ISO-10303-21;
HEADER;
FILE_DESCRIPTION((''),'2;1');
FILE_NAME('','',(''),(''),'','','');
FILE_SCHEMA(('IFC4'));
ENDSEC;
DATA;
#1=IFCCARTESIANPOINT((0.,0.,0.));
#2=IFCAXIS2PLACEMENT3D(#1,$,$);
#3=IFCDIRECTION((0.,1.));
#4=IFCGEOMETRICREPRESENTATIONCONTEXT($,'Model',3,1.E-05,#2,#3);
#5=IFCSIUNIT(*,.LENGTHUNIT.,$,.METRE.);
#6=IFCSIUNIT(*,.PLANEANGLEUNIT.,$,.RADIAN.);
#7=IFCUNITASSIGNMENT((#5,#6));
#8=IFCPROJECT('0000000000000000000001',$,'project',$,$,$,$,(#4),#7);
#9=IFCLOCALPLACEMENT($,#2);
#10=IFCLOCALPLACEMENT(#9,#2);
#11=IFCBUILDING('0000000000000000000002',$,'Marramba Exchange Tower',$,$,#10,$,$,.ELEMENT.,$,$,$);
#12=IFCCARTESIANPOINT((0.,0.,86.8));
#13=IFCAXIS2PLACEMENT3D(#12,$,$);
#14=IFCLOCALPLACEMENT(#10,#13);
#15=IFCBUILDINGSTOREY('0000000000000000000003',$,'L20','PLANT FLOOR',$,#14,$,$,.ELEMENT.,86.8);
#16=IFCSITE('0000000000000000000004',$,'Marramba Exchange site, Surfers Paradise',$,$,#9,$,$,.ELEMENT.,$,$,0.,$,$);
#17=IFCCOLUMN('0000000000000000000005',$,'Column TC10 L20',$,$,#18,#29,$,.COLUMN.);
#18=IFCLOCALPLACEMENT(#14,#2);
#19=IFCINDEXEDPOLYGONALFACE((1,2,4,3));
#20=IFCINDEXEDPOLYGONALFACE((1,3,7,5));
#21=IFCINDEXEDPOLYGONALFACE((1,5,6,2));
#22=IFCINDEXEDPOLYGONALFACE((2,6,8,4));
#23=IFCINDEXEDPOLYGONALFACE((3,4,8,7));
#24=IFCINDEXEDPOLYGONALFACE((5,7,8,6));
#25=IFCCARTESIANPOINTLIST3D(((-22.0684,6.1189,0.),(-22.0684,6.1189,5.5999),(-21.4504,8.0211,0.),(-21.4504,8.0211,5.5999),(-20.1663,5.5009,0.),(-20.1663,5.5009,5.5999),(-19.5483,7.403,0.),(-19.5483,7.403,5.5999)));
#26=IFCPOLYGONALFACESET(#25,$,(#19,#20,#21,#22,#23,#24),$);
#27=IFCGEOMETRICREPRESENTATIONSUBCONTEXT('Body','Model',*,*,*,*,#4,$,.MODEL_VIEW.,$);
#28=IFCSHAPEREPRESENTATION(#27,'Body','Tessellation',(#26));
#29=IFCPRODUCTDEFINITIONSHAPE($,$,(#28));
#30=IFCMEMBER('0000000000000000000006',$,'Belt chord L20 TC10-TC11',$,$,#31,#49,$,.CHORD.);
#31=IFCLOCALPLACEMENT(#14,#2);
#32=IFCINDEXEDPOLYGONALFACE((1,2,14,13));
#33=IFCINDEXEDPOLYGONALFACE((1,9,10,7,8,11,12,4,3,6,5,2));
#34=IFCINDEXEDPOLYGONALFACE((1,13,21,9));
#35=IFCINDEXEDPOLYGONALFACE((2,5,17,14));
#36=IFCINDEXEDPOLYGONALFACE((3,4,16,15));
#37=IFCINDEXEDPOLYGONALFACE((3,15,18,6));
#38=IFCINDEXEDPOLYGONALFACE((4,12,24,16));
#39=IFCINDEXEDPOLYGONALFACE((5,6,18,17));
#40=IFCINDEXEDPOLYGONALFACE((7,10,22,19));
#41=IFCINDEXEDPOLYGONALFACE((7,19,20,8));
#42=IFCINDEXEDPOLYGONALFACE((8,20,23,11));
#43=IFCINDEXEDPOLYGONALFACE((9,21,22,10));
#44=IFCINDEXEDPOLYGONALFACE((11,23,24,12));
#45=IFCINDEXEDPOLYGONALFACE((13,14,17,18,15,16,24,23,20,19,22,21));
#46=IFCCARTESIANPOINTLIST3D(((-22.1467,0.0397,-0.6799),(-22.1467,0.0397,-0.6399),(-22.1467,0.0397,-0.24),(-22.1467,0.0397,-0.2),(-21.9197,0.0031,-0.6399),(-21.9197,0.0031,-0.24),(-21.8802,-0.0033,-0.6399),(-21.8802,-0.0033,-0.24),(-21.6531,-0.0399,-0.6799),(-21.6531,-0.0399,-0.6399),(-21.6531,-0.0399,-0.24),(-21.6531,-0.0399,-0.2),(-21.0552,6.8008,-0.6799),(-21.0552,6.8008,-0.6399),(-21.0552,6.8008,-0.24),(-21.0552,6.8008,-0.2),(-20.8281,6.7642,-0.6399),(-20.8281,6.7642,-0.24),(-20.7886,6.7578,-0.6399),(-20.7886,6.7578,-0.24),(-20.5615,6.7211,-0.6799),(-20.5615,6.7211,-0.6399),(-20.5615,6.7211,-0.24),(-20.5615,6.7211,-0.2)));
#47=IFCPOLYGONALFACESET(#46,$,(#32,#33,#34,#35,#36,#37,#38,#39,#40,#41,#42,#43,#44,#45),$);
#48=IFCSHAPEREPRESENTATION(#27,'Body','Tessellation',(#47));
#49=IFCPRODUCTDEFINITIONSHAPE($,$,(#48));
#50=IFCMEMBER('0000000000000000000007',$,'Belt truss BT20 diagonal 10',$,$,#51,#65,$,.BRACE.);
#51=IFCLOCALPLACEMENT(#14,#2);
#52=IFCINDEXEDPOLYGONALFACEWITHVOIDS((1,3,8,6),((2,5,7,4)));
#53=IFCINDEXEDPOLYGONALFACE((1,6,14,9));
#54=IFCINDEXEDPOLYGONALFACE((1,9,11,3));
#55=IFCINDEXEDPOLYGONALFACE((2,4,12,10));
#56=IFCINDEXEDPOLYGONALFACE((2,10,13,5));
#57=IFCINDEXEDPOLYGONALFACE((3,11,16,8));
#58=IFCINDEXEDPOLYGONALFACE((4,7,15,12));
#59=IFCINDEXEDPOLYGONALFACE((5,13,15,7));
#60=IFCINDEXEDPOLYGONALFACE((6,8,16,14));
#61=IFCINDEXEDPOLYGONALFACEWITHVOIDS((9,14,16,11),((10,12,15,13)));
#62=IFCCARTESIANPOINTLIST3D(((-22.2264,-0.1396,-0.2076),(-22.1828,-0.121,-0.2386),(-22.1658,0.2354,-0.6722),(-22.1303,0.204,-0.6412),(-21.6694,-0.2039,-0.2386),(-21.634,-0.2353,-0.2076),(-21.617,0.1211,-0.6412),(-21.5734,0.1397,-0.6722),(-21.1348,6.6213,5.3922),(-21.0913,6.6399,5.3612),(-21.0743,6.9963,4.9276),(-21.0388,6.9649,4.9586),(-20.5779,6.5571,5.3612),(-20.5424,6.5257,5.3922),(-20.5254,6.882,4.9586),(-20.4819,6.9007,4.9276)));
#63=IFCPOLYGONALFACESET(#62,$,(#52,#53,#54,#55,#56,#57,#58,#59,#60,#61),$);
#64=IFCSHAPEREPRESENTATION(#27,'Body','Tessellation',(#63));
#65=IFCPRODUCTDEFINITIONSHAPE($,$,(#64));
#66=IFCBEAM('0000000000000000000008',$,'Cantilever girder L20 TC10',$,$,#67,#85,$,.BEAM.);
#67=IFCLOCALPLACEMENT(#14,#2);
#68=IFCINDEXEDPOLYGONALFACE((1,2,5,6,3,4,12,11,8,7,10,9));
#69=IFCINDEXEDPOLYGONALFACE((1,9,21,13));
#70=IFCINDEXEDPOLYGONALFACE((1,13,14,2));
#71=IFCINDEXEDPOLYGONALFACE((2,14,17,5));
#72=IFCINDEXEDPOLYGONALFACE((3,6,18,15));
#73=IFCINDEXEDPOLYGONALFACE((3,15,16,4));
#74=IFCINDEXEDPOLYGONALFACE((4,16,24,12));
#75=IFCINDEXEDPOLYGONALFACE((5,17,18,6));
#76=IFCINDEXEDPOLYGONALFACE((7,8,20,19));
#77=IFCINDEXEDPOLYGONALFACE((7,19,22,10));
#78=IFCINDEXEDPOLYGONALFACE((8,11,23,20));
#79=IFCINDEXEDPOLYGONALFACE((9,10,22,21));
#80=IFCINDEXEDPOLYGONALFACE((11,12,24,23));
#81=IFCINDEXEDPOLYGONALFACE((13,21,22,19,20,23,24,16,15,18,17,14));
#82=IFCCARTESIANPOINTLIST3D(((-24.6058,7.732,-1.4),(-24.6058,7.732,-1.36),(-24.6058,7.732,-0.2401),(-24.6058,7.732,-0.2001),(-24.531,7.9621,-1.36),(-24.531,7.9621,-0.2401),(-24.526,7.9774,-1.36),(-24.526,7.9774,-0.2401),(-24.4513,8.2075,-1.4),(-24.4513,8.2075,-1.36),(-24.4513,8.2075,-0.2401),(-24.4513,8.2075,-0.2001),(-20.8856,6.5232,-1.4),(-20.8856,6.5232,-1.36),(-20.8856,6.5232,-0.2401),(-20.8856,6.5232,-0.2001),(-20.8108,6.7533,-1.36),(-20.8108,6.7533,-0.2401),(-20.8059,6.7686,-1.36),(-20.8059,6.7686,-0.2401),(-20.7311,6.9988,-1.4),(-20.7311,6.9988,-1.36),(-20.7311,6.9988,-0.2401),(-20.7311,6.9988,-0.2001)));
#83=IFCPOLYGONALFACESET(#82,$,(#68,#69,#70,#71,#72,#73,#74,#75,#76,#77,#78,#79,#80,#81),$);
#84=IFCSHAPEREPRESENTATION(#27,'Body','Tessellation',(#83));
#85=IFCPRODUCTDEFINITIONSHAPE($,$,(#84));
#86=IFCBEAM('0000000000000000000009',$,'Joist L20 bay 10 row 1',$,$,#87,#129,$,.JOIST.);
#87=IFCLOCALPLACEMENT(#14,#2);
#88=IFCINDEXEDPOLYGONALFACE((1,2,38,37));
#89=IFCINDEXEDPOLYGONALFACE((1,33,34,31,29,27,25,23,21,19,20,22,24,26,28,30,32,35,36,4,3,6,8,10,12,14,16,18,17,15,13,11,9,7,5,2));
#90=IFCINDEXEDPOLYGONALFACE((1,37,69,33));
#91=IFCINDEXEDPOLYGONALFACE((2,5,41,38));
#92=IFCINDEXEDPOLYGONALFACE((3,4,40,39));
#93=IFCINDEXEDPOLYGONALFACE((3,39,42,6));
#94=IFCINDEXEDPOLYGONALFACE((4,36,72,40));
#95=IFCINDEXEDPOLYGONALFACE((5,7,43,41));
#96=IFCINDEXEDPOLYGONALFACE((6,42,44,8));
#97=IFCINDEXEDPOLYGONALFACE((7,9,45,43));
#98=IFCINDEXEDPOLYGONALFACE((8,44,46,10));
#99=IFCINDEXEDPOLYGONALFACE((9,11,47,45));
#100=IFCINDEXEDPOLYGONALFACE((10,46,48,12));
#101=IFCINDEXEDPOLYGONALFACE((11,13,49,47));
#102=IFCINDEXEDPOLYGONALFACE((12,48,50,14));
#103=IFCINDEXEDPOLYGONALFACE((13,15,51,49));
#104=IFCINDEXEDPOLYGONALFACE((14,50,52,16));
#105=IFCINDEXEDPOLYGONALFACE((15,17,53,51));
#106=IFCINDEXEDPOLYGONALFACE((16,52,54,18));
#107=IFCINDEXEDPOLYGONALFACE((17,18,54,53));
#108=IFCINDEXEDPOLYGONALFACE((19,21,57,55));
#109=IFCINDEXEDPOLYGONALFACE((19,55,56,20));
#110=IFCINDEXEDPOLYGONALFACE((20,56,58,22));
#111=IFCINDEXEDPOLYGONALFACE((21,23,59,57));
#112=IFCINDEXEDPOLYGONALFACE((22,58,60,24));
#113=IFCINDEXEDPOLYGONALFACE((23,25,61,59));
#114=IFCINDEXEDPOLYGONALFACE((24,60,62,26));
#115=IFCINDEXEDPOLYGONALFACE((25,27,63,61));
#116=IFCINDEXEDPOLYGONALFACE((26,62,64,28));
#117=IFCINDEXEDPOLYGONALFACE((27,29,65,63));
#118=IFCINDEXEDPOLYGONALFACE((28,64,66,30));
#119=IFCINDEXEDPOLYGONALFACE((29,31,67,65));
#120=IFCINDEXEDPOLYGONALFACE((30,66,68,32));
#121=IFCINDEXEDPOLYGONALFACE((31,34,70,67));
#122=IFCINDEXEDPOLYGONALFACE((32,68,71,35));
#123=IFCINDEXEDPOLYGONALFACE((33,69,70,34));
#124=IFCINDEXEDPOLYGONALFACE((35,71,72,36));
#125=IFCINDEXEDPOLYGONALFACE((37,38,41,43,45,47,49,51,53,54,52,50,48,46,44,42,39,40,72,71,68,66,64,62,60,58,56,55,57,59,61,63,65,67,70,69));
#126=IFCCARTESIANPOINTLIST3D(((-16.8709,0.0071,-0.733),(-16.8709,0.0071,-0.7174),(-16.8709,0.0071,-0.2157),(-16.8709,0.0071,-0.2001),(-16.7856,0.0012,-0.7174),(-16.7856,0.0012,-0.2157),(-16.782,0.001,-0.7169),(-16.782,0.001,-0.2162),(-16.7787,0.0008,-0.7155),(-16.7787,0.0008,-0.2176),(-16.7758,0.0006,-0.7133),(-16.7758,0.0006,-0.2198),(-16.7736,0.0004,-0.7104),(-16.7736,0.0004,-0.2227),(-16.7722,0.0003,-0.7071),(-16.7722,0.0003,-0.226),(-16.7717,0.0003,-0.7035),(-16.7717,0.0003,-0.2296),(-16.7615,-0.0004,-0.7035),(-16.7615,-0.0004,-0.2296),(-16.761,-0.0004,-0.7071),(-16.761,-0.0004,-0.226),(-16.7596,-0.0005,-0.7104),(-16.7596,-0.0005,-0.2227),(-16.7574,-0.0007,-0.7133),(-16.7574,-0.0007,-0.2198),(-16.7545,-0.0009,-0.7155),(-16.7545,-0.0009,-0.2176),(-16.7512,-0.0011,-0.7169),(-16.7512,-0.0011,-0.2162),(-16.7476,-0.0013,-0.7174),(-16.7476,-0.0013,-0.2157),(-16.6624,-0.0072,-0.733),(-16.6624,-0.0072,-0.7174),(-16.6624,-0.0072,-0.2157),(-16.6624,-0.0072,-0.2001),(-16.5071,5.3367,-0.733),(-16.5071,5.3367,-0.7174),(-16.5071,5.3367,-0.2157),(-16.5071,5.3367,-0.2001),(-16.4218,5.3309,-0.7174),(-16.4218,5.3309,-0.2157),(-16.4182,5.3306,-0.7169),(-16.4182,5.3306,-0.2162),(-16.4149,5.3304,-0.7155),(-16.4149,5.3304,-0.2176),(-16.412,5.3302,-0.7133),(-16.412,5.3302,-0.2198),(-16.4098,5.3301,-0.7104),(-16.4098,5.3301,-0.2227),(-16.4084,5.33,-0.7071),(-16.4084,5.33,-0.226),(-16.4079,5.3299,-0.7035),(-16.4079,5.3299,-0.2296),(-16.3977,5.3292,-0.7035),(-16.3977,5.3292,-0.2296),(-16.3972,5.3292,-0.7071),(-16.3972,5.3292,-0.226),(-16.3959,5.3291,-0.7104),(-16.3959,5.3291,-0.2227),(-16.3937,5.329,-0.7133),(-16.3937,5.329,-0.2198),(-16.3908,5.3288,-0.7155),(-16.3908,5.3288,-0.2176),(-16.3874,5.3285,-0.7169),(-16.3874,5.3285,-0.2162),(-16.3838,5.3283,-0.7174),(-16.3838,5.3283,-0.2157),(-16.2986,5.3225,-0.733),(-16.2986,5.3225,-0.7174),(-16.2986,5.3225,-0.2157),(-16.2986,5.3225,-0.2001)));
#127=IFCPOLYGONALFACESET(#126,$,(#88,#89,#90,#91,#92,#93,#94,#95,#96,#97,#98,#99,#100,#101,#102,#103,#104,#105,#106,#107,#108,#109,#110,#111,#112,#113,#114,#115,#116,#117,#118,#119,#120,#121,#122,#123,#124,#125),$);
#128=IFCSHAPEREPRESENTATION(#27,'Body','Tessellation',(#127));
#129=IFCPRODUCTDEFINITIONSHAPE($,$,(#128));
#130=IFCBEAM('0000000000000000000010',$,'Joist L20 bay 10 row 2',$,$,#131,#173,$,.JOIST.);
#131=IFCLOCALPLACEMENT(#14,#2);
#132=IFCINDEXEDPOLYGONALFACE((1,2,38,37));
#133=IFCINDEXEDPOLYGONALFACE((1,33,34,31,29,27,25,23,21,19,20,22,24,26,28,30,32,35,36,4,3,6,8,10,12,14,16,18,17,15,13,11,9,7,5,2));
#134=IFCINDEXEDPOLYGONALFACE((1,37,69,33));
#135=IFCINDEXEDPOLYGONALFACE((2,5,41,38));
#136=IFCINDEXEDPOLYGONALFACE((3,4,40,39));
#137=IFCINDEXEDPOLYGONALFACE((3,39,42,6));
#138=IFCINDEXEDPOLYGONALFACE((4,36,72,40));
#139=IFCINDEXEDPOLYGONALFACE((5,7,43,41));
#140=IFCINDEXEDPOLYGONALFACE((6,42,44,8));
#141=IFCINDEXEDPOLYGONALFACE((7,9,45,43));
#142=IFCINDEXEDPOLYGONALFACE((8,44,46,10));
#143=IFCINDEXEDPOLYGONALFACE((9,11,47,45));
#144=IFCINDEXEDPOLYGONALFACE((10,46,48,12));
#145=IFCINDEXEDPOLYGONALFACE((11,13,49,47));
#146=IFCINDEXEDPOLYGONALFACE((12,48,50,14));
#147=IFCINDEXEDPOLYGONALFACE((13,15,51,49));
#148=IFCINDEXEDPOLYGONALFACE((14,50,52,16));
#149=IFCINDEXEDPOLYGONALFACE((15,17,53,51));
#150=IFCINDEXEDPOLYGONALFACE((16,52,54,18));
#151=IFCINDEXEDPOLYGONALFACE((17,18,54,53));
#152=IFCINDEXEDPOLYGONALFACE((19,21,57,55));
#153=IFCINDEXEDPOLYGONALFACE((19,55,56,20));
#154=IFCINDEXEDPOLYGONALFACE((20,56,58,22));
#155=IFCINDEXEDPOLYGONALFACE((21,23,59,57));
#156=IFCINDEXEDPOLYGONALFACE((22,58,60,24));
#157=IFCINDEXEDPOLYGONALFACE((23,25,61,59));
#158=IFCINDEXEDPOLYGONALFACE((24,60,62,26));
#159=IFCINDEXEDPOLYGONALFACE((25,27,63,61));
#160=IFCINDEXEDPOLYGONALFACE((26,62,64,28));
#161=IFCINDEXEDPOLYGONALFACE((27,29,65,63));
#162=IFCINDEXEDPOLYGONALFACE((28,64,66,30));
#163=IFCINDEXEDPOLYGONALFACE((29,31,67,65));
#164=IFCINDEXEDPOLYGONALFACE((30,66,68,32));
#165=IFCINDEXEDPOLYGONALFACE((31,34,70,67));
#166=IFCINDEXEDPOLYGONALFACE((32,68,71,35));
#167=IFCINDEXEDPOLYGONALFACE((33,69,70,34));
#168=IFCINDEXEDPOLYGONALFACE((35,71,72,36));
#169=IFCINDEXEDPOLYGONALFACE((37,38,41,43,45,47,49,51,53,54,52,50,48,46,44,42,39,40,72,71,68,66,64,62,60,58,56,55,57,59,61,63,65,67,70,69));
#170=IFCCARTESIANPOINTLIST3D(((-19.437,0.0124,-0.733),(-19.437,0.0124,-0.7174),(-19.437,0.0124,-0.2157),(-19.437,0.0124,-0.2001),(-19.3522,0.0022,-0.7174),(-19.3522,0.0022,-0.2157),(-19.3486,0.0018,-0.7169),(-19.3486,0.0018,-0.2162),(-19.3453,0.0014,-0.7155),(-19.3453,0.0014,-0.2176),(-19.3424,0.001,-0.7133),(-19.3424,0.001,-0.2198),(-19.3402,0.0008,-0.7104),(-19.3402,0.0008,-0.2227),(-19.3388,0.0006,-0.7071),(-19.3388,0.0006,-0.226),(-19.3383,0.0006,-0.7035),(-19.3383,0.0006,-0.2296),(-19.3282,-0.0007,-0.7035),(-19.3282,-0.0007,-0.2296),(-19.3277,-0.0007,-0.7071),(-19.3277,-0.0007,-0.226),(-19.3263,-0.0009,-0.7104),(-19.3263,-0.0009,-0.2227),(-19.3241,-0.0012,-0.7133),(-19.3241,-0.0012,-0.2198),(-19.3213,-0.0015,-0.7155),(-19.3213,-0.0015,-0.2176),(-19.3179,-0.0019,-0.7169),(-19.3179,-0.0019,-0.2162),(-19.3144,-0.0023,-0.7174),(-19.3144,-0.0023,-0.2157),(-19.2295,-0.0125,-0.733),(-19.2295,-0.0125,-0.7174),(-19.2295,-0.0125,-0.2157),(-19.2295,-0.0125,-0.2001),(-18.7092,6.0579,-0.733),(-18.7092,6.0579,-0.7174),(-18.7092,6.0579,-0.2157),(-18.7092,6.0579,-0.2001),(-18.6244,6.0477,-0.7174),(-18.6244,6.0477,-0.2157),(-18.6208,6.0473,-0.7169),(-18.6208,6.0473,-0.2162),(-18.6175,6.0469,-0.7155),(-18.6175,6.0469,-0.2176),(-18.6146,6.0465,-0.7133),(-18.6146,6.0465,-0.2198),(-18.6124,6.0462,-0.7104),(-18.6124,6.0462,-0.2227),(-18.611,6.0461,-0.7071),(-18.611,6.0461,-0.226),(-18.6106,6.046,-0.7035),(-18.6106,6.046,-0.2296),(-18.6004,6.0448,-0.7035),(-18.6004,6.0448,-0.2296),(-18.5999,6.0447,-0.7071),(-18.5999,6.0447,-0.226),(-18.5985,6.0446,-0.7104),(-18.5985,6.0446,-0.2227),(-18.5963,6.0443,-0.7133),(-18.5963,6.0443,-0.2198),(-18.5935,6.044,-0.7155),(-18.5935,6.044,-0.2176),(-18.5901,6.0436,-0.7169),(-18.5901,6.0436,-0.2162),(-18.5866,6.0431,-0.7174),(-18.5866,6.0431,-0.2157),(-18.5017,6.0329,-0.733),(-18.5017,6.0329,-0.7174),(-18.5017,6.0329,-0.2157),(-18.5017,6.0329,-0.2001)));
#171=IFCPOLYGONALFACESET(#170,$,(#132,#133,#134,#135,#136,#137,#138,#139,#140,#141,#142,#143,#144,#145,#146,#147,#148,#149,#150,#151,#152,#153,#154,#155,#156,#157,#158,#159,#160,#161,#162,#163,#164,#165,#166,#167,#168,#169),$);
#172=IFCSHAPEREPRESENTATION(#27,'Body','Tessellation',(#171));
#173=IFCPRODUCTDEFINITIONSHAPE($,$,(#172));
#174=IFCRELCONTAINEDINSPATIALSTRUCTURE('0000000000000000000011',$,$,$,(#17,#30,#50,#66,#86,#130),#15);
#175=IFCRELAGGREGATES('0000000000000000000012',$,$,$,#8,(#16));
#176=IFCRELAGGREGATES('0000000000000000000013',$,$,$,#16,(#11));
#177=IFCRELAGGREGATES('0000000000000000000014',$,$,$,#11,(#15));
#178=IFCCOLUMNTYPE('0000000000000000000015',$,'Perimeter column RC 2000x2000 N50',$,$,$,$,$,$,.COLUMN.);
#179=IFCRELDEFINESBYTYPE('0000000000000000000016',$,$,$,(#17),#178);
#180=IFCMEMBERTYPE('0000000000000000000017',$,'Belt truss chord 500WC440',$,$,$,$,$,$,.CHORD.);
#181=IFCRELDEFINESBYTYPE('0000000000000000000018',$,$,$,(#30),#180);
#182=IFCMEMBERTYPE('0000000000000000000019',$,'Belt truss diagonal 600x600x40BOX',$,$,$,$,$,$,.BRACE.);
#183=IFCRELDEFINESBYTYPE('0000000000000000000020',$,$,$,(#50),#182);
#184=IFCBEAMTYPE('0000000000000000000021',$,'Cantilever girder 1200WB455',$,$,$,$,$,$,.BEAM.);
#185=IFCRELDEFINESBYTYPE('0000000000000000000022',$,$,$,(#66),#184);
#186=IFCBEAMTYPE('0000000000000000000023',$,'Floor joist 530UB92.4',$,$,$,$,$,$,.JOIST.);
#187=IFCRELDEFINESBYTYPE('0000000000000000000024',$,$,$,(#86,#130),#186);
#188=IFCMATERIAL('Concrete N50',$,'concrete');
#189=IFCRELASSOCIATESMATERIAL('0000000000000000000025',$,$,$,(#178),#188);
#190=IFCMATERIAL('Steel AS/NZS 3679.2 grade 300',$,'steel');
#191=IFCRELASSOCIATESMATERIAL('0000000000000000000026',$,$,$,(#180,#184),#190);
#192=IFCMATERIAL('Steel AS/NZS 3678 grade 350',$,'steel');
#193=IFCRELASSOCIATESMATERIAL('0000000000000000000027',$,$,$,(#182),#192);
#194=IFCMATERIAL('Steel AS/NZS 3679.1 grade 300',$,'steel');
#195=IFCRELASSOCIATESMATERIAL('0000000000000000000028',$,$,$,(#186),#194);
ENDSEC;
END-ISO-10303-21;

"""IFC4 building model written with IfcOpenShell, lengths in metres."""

from ifc_helpers import new_model, si_unit, direction, frame, origin, origin_2d, place, context, subcontext, project, spatial, rectangle, hollow_rectangle, i_section, extrude, material, material_profile, profile_set, type_object, element, save


model = new_model("IFC4")

# Units and contexts
model_context = context("Model", 3, precision=1e-05, world=origin(), true_north=direction((0.0, 1.0)))
body_context = subcontext(model_context, "Body", "Model", "MODEL_VIEW")
ifc_project = project(units=[si_unit("LENGTHUNIT", "METRE"), si_unit("PLANEANGLEUNIT", "RADIAN")], contexts=[model_context])

# Site, building, storey
site_placement = place(None, origin())
site = spatial("IfcSite", under=ifc_project, at=site_placement, Name="Marramba Exchange site, Surfers Paradise", CompositionType="ELEMENT", RefElevation=0.0)
building_placement = place(site_placement, origin())
building = spatial("IfcBuilding", under=site, at=building_placement, Name="Marramba Exchange Tower", CompositionType="ELEMENT")
storey_placement = place(building_placement, frame((0.0, 0.0, 86.8)))
storey = spatial("IfcBuildingStorey", under=building, at=storey_placement, Name="L20", Description="PLANT FLOOR", CompositionType="ELEMENT", Elevation=86.8)

# Column
ifc_material_1 = material(Name="Concrete N50", Category="concrete")
ifc_material_profile_1 = material_profile(ifc_material_1, rectangle(XDim=2.0, YDim=2.0, at=origin_2d()), Name="RC 2000x2000")
ifc_profile_set_1 = profile_set([ifc_material_profile_1], Name="Concrete N50")
column_type = type_object("IfcColumnType", Name="Perimeter column RC 2000x2000 N50", PredefinedType="COLUMN", material=ifc_profile_set_1)
column_placement = place(storey_placement, frame((-20.8083, 6.761, 0.0), z_axis=(0.0, 0.0, 1.0), x_axis=(-0.951057, 0.309017, 0.0)))
element("IfcColumn", 1, at=column_placement, inside=storey, type_object=column_type, Name="Column TC10 L20", PredefinedType="COLUMN", context=body_context, shape_type="SweptSolid", body=[
    extrude(rectangle(XDim=2.0, YDim=2.0, at=origin_2d()), origin(), (0.0, 0.0, 1.0), 5.5999),
])

# Members
ifc_material_2 = material(Name="Steel AS/NZS 3679.2 grade 300", Category="steel")
ifc_material_profile_2 = material_profile(ifc_material_2, i_section(OverallWidth=0.5, OverallDepth=0.48, WebThickness=0.04, FlangeThickness=0.04, at=origin_2d()), Name="500WC440")
ifc_profile_set_2 = profile_set([ifc_material_profile_2], Name="Steel AS/NZS 3679.2 grade 300")
member_type_1 = type_object("IfcMemberType", Name="Belt truss chord 500WC440", PredefinedType="CHORD", material=ifc_profile_set_2)
member_1_placement = place(storey_placement, frame((-20.8083, 6.761, -0.4399), z_axis=(-0.159385, -0.987217, 0.0), x_axis=(0.987217, -0.159385, 0.0)))
element("IfcMember", 2, at=member_1_placement, inside=storey, type_object=member_type_1, Name="Belt chord L20 TC10-TC11", PredefinedType="CHORD", context=body_context, shape_type="SweptSolid", body=[
    extrude(i_section(OverallWidth=0.5, OverallDepth=0.48, WebThickness=0.04, FlangeThickness=0.04, at=origin_2d()), origin(), (0.0, 0.0, 1.0), 6.8486),
])
ifc_material_3 = material(Name="Steel AS/NZS 3678 grade 350", Category="steel")
ifc_material_profile_3 = material_profile(ifc_material_3, hollow_rectangle(XDim=0.6001, YDim=0.6001, WallThickness=0.04, at=origin_2d()), Name="600x600x40BOX")
ifc_profile_set_3 = profile_set([ifc_material_profile_3], Name="Steel AS/NZS 3678 grade 350")
member_type_2 = type_object("IfcMemberType", Name="Belt truss diagonal 600x600x40BOX", PredefinedType="BRACE", material=ifc_profile_set_3)
member_2_placement = place(storey_placement, frame((-20.8083, 6.761, 5.1599), z_axis=(-0.123388, -0.764254, -0.633001), x_axis=(0.987217, -0.159385, 0.0)))
element("IfcMember", 3, at=member_2_placement, inside=storey, type_object=member_type_2, Name="Belt truss BT20 diagonal 10", PredefinedType="BRACE", context=body_context, shape_type="SweptSolid", body=[
    extrude(hollow_rectangle(XDim=0.6001, YDim=0.6001, WallThickness=0.04, at=origin_2d()), origin(), (0.0, 0.0, 1.0), 8.8464),
])

# Beams
ifc_material_profile_4 = material_profile(ifc_material_2, i_section(OverallWidth=0.5, OverallDepth=1.2, WebThickness=0.0161, FlangeThickness=0.04, at=origin_2d()), Name="1200WB455")
ifc_profile_set_4 = profile_set([ifc_material_profile_4], Name="Steel AS/NZS 3679.2 grade 300")
beam_type_1 = type_object("IfcBeamType", Name="Cantilever girder 1200WB455", PredefinedType="BEAM", material=ifc_profile_set_4)
beam_1_placement = place(storey_placement, frame((-20.8083, 6.761, -0.8), z_axis=(-0.951059, 0.30901, 0.0), x_axis=(-0.30901, -0.951059, 0.0)))
element("IfcBeam", 4, at=beam_1_placement, inside=storey, type_object=beam_type_1, Name="Cantilever girder L20 TC10", PredefinedType="BEAM", context=body_context, shape_type="SweptSolid", body=[
    extrude(i_section(OverallWidth=0.5, OverallDepth=1.2, WebThickness=0.0161, FlangeThickness=0.04, at=origin_2d()), origin(), (0.0, 0.0, 1.0), 3.9116),
])
ifc_material_4 = material(Name="Steel AS/NZS 3679.1 grade 300", Category="steel")
ifc_material_profile_5 = material_profile(ifc_material_4, i_section(OverallWidth=0.209, OverallDepth=0.533, WebThickness=0.0103, FlangeThickness=0.0156, FilletRadius=0.0139, at=origin_2d()), Name="530UB92.4")
ifc_profile_set_5 = profile_set([ifc_material_profile_5], Name="Steel AS/NZS 3679.1 grade 300")
beam_type_2 = type_object("IfcBeamType", Name="Floor joist 530UB92.4", PredefinedType="JOIST", material=ifc_profile_set_5)
beam_2_placement = place(storey_placement, frame((-16.4028, 5.3296, -0.4666), z_axis=(-0.068096, -0.997679, 0.0), x_axis=(0.997679, -0.068096, 0.0)))
element("IfcBeam", 5, at=beam_2_placement, inside=storey, type_object=beam_type_2, Name="Joist L20 bay 10 row 1", PredefinedType="JOIST", context=body_context, shape_type="SweptSolid", body=[
    extrude(i_section(OverallWidth=0.209, OverallDepth=0.533, WebThickness=0.0103, FlangeThickness=0.0156, FilletRadius=0.0139, at=origin_2d()), origin(), (0.0, 0.0, 1.0), 5.342),
])
beam_3_placement = place(storey_placement, frame((-18.6055, 6.0454, -0.4666), z_axis=(-0.119523, -0.992831, 0.0), x_axis=(0.992831, -0.119523, 0.0)))
element("IfcBeam", 6, at=beam_3_placement, inside=storey, type_object=beam_type_2, Name="Joist L20 bay 10 row 2", PredefinedType="JOIST", context=body_context, shape_type="SweptSolid", body=[
    extrude(i_section(OverallWidth=0.209, OverallDepth=0.533, WebThickness=0.0103, FlangeThickness=0.0156, FilletRadius=0.0139, at=origin_2d()), origin(), (0.0, 0.0, 1.0), 6.0891),
])

save(model, "model.ifc")
